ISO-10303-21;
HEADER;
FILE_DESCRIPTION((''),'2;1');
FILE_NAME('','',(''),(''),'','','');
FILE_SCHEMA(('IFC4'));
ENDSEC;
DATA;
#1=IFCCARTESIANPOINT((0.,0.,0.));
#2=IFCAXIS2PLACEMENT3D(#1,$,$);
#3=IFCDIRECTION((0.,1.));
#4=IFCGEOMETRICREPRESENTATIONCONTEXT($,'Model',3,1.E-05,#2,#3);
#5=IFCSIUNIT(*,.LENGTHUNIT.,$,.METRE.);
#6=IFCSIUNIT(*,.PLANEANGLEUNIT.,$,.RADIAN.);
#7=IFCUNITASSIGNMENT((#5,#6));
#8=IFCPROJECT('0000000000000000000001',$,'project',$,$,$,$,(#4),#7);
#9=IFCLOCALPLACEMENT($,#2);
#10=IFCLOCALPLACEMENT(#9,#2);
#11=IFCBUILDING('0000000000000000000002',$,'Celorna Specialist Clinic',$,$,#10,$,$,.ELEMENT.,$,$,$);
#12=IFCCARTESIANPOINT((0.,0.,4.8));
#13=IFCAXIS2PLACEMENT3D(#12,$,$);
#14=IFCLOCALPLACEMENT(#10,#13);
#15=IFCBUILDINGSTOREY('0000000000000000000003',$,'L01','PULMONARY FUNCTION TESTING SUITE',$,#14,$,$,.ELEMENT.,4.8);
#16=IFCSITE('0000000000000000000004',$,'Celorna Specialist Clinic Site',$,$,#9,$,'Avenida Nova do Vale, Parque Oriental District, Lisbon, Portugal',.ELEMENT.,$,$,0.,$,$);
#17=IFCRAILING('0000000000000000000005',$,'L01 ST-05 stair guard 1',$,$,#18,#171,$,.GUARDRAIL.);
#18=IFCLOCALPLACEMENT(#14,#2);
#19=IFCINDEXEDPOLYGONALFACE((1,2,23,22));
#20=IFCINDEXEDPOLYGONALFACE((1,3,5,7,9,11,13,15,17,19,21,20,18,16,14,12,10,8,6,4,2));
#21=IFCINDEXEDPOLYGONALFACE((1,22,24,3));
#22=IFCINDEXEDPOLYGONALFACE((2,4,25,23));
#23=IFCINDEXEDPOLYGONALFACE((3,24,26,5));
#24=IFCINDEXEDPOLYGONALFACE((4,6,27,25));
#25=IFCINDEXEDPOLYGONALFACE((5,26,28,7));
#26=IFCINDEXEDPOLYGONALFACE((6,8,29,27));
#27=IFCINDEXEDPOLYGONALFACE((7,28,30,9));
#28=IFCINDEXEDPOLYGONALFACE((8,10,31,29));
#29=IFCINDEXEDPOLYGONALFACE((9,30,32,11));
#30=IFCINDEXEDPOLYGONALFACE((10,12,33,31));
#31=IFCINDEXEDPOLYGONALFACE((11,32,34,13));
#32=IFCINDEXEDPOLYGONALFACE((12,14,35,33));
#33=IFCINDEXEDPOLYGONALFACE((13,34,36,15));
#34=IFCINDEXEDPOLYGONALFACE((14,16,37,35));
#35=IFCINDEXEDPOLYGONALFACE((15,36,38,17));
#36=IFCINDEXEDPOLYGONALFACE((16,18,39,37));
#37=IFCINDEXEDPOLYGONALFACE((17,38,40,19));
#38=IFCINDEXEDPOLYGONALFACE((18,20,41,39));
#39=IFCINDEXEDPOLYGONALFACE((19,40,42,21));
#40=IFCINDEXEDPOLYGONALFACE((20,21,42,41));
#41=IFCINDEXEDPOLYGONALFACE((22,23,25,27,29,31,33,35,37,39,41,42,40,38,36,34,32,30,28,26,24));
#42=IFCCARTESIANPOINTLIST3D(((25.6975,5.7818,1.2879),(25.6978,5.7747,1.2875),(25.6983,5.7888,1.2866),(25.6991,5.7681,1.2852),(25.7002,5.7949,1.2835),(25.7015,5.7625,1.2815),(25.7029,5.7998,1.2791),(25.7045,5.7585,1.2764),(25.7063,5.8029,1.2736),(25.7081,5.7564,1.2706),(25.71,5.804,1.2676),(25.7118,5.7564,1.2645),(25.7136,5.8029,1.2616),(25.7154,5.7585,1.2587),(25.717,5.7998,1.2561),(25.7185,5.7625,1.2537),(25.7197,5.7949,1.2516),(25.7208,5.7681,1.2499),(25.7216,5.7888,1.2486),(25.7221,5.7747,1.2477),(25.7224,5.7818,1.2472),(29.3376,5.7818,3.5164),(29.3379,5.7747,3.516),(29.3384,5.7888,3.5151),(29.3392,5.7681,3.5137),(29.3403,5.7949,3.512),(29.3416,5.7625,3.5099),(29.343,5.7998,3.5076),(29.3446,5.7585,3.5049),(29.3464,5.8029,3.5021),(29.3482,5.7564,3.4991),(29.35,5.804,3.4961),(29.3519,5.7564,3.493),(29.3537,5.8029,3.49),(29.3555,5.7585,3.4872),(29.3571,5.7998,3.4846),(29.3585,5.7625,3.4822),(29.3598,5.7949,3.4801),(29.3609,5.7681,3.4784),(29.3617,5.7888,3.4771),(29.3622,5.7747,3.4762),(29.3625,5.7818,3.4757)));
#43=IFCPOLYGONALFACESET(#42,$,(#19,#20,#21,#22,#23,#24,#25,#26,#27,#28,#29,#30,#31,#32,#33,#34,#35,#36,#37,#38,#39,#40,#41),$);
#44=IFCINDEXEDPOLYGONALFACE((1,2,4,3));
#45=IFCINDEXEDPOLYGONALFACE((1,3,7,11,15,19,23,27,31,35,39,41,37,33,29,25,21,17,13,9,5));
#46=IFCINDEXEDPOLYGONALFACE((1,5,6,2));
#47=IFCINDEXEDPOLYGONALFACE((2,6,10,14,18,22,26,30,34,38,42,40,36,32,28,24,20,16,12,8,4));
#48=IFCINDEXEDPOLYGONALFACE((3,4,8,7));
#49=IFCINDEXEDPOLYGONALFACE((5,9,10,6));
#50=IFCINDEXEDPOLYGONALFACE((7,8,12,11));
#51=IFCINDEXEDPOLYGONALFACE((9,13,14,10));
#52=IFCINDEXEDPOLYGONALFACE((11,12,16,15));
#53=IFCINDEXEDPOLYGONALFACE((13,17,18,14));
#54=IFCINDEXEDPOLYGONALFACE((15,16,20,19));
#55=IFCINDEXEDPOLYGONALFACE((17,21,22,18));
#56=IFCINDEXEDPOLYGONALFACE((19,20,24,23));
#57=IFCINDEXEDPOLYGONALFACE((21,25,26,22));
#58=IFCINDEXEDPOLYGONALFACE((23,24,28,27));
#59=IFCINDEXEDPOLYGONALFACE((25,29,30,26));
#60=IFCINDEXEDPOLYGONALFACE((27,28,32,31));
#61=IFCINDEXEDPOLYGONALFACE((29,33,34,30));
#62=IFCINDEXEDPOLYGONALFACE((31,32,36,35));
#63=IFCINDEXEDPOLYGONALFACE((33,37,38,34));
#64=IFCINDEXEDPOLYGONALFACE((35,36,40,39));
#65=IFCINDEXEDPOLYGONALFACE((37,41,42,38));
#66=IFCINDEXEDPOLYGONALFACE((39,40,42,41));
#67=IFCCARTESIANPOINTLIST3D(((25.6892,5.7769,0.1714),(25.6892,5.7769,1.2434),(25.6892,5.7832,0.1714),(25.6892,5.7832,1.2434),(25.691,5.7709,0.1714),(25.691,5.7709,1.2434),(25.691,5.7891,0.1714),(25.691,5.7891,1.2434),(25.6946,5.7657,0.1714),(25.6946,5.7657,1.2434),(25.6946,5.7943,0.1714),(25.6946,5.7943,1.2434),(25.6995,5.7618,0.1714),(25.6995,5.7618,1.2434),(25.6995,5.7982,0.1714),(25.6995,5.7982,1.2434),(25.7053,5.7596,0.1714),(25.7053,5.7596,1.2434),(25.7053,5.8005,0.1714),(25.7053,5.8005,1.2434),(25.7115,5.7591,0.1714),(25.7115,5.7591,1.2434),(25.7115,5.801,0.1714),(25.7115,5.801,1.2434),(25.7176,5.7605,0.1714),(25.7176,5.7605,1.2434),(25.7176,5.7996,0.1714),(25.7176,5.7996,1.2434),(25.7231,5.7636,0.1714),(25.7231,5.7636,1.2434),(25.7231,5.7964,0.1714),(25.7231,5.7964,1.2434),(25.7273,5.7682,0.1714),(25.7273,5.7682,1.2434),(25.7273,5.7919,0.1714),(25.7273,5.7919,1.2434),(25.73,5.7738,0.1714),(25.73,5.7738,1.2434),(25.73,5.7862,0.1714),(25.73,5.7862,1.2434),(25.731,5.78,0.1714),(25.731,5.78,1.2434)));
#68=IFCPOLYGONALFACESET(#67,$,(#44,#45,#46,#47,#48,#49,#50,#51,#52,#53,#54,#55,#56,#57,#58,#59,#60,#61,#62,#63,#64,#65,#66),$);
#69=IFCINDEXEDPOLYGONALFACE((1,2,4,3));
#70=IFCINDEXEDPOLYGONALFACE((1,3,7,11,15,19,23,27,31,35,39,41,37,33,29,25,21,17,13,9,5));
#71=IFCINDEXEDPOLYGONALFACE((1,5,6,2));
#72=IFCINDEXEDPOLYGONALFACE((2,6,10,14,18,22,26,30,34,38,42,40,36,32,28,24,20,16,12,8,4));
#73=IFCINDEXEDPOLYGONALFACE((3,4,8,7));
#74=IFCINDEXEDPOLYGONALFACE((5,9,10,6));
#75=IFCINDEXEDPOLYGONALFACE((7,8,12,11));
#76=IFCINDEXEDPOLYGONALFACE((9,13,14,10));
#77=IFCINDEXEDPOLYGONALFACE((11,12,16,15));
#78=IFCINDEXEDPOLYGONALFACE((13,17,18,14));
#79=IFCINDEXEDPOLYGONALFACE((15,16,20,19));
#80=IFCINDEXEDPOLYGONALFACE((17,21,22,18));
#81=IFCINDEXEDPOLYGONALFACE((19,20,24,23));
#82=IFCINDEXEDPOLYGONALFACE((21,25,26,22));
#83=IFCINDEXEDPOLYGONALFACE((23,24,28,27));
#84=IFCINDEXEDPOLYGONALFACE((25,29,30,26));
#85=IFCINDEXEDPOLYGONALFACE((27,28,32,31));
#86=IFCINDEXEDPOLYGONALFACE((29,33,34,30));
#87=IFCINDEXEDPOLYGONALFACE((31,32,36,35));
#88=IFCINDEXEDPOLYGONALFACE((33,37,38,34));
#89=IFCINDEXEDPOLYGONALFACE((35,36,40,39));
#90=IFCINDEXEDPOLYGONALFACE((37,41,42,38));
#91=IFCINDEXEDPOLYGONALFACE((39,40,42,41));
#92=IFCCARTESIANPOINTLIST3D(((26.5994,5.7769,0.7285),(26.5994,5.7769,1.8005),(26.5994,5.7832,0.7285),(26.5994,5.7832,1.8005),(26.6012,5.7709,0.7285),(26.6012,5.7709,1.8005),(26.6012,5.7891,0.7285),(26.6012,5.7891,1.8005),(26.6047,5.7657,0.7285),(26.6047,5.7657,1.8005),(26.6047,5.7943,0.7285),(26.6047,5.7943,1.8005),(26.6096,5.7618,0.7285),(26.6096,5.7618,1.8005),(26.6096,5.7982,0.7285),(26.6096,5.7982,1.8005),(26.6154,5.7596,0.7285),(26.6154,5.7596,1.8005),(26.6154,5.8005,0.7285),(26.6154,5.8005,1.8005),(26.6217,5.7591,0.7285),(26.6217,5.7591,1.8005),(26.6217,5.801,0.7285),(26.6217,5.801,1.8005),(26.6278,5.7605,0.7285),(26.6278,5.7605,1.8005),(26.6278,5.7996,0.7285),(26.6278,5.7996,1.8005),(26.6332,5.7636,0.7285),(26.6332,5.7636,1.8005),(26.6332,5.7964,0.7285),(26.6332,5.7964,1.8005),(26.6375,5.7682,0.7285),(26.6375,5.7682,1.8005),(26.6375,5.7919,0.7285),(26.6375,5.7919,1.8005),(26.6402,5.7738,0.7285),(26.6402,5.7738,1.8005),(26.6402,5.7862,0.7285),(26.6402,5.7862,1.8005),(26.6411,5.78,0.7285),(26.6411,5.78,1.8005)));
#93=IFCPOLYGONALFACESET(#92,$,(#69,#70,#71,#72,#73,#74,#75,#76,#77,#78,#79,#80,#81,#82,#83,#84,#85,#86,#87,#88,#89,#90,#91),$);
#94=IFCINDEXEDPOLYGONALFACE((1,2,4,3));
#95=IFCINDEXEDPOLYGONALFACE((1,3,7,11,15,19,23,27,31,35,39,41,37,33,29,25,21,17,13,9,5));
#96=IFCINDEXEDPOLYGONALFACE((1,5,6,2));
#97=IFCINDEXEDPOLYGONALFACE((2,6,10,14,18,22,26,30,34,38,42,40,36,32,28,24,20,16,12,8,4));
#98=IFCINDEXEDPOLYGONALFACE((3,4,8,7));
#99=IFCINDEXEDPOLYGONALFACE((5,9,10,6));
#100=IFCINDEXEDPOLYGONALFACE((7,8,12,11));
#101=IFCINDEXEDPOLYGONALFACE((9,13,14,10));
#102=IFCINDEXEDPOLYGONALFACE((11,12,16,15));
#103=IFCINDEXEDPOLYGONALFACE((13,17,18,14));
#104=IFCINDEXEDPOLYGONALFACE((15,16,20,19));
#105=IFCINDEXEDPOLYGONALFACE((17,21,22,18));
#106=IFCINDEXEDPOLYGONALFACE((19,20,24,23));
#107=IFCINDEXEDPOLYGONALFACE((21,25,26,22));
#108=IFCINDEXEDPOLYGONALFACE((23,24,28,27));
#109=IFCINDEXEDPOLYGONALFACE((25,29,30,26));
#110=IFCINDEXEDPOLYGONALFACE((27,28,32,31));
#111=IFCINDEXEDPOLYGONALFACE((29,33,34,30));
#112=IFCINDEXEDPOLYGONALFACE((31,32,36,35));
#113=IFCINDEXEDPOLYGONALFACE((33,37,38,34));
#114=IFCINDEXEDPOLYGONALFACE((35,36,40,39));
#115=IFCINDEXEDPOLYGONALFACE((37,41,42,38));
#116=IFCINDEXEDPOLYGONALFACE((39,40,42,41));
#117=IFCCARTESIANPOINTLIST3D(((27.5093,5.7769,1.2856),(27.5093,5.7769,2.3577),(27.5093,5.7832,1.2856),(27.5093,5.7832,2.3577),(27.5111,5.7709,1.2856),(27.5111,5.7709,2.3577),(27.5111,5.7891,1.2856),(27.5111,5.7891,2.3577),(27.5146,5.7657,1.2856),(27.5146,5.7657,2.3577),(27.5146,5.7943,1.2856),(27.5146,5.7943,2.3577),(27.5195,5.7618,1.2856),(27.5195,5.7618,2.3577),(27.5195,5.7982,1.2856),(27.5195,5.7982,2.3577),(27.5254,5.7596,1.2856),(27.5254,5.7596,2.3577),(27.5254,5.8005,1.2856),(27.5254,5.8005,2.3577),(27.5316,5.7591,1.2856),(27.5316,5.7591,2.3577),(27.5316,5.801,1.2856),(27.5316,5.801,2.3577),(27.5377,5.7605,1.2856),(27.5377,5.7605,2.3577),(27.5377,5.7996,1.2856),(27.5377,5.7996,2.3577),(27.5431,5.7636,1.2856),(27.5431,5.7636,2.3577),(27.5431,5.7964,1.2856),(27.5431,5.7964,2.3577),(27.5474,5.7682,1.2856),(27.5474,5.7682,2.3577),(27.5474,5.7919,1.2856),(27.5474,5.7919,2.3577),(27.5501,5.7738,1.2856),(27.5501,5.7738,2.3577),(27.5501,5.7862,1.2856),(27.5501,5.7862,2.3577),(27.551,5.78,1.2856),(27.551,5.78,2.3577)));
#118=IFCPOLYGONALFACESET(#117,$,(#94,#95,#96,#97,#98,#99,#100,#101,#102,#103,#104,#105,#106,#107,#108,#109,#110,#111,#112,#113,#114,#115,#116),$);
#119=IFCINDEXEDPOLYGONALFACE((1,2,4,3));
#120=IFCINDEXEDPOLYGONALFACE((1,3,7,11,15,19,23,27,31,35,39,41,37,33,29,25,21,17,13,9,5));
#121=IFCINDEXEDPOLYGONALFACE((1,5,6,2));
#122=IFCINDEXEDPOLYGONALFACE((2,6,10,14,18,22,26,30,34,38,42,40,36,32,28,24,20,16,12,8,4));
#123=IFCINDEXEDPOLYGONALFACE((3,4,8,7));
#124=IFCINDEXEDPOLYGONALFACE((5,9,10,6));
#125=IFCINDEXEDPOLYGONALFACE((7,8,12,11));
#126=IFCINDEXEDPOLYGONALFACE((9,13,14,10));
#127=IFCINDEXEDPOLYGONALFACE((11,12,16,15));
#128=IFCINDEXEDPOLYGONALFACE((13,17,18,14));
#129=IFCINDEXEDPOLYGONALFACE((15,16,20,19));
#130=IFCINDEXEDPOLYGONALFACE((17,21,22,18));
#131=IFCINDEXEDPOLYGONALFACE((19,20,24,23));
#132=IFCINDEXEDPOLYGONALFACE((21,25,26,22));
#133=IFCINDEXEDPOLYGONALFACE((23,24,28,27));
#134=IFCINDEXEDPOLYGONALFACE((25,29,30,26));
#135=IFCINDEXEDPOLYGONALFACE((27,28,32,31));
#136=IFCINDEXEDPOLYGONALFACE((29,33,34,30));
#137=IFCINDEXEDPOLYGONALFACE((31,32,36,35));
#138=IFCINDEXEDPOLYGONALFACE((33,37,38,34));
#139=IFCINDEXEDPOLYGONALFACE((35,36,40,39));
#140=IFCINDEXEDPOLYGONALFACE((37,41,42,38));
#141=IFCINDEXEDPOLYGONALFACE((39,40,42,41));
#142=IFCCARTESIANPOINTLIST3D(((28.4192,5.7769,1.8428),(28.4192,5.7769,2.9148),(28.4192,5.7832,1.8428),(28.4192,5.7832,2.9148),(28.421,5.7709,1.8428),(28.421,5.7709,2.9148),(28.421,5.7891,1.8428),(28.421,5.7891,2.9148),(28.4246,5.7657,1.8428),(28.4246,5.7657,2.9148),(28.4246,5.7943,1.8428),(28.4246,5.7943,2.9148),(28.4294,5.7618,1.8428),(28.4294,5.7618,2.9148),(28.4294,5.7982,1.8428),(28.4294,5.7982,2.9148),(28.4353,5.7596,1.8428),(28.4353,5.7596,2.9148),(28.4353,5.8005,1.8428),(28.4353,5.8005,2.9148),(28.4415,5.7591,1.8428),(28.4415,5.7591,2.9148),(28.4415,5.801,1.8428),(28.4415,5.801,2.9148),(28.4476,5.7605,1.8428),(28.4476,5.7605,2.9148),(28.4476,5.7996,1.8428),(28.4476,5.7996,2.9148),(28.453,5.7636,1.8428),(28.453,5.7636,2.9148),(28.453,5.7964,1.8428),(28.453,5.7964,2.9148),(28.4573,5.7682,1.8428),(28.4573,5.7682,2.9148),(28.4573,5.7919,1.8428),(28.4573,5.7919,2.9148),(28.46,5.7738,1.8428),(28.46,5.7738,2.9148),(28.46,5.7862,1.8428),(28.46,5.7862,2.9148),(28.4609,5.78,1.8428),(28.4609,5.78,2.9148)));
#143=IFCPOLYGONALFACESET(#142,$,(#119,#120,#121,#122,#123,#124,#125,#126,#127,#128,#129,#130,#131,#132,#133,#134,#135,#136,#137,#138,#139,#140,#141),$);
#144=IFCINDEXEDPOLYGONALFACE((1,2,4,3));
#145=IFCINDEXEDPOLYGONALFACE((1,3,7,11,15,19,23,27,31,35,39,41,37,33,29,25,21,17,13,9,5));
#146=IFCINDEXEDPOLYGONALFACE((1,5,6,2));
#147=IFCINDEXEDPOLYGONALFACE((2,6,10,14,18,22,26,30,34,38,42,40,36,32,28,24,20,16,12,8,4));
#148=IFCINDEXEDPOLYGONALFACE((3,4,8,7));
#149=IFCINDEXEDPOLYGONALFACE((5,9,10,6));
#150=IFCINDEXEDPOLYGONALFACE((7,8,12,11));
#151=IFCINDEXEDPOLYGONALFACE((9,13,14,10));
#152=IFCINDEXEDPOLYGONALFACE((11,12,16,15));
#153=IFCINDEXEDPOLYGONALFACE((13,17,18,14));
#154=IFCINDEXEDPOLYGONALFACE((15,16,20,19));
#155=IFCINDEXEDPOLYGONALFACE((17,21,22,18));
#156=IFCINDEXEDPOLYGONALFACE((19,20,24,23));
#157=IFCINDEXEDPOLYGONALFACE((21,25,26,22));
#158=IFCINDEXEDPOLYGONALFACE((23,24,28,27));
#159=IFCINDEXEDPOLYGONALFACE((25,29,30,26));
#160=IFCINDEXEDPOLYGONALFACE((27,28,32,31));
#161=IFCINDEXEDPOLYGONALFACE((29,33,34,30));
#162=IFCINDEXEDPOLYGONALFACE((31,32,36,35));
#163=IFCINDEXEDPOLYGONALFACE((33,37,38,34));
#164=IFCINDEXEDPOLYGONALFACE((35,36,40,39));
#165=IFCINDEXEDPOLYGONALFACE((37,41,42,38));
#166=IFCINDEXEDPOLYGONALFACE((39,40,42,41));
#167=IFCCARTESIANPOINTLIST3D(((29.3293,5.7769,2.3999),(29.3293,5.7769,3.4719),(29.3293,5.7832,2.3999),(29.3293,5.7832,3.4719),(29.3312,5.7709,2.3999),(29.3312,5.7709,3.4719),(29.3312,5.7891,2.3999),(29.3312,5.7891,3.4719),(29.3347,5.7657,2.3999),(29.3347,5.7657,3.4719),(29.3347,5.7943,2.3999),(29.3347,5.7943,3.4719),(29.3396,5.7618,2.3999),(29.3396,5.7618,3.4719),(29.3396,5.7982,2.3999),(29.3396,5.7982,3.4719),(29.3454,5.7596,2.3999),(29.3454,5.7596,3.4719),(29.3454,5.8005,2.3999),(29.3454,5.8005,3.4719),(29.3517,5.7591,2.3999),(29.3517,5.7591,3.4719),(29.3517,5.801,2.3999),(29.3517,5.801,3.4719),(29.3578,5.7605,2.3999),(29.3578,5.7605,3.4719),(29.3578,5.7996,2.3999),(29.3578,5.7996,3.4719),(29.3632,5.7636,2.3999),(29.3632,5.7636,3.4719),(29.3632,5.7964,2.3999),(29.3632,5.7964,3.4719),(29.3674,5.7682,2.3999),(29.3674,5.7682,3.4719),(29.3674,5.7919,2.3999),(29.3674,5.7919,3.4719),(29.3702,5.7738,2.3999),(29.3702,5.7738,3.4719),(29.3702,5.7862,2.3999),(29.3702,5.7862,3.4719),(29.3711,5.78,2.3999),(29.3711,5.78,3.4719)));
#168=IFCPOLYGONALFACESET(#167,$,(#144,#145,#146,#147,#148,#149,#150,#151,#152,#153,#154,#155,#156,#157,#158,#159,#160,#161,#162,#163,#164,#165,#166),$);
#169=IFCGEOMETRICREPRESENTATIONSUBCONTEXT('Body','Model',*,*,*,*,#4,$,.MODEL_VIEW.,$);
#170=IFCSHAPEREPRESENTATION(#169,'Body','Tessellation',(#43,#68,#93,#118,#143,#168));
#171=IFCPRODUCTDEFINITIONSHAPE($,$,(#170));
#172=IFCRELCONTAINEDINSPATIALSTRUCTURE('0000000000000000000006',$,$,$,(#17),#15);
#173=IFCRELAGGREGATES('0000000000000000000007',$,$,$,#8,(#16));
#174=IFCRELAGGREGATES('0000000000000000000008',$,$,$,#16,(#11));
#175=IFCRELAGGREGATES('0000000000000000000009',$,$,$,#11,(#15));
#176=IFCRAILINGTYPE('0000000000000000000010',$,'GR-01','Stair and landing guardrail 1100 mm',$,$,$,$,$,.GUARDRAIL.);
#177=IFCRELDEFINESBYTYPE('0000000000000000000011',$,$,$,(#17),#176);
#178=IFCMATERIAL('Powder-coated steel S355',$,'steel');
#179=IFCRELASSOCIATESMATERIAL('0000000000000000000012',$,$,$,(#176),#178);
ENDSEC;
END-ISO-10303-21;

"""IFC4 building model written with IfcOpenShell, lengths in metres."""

from ifc_helpers import new_model, si_unit, direction, frame, origin, origin_2d, place, context, subcontext, project, spatial, circle, extrude, material, type_object, element, save


model = new_model("IFC4")

# Units and contexts
model_context = context("Model", 3, precision=1e-05, world=origin(), true_north=direction((0.0, 1.0)))
body_context = subcontext(model_context, "Body", "Model", "MODEL_VIEW")
ifc_project = project(units=[si_unit("LENGTHUNIT", "METRE"), si_unit("PLANEANGLEUNIT", "RADIAN")], contexts=[model_context])

# Site, building, storey
site_placement = place(None, origin())
site = spatial("IfcSite", under=ifc_project, at=site_placement, Name="Celorna Specialist Clinic Site", LongName="Avenida Nova do Vale, Parque Oriental District, Lisbon, Portugal", CompositionType="ELEMENT", RefElevation=0.0)
building_placement = place(site_placement, origin())
building = spatial("IfcBuilding", under=site, at=building_placement, Name="Celorna Specialist Clinic", CompositionType="ELEMENT")
storey_placement = place(building_placement, frame((0.0, 0.0, 4.8)))
storey = spatial("IfcBuildingStorey", under=building, at=storey_placement, Name="L01", Description="PULMONARY FUNCTION TESTING SUITE", CompositionType="ELEMENT", Elevation=4.8)

# Railing
ifc_material_1 = material(Name="Powder-coated steel S355", Category="steel")
railing_type_1 = type_object("IfcRailingType", Name="GR-01", Description="Stair and landing guardrail 1100 mm", PredefinedType="GUARDRAIL", material=ifc_material_1)
railing_1_placement = place(storey_placement, frame((25.71, 5.78, 0.1714)))
element("IfcRailing", 1, at=railing_1_placement, inside=storey, type_object=railing_type_1, Name="L01 ST-05 stair guard 1", PredefinedType="GUARDRAIL", context=body_context, shape_type="SweptSolid", body=[
    extrude(circle(Radius=0.0239, at=origin_2d()), frame((0.0, 0.0, 1.0962), z_axis=(0.852866, 0.0, 0.52213), x_axis=(0.0, 1.0, 0.0)), (0.0, 0.0, 1.0), 4.2681),
    extrude(circle(Radius=0.021, at=origin_2d()), origin(), (0.0, 0.0, 1.0), 1.072),
    extrude(circle(Radius=0.021, at=origin_2d()), frame((0.9102, 0.0, 0.5571)), (0.0, 0.0, 1.0), 1.072),
    extrude(circle(Radius=0.021, at=origin_2d()), frame((1.8201, 0.0, 1.1143)), (0.0, 0.0, 1.0), 1.072),
    extrude(circle(Radius=0.021, at=origin_2d()), frame((2.73, 0.0, 1.6714)), (0.0, 0.0, 1.0), 1.072),
    extrude(circle(Radius=0.021, at=origin_2d()), frame((3.6401, 0.0, 2.2285)), (0.0, 0.0, 1.0), 1.072),
])

save(model, "model.ifc")
